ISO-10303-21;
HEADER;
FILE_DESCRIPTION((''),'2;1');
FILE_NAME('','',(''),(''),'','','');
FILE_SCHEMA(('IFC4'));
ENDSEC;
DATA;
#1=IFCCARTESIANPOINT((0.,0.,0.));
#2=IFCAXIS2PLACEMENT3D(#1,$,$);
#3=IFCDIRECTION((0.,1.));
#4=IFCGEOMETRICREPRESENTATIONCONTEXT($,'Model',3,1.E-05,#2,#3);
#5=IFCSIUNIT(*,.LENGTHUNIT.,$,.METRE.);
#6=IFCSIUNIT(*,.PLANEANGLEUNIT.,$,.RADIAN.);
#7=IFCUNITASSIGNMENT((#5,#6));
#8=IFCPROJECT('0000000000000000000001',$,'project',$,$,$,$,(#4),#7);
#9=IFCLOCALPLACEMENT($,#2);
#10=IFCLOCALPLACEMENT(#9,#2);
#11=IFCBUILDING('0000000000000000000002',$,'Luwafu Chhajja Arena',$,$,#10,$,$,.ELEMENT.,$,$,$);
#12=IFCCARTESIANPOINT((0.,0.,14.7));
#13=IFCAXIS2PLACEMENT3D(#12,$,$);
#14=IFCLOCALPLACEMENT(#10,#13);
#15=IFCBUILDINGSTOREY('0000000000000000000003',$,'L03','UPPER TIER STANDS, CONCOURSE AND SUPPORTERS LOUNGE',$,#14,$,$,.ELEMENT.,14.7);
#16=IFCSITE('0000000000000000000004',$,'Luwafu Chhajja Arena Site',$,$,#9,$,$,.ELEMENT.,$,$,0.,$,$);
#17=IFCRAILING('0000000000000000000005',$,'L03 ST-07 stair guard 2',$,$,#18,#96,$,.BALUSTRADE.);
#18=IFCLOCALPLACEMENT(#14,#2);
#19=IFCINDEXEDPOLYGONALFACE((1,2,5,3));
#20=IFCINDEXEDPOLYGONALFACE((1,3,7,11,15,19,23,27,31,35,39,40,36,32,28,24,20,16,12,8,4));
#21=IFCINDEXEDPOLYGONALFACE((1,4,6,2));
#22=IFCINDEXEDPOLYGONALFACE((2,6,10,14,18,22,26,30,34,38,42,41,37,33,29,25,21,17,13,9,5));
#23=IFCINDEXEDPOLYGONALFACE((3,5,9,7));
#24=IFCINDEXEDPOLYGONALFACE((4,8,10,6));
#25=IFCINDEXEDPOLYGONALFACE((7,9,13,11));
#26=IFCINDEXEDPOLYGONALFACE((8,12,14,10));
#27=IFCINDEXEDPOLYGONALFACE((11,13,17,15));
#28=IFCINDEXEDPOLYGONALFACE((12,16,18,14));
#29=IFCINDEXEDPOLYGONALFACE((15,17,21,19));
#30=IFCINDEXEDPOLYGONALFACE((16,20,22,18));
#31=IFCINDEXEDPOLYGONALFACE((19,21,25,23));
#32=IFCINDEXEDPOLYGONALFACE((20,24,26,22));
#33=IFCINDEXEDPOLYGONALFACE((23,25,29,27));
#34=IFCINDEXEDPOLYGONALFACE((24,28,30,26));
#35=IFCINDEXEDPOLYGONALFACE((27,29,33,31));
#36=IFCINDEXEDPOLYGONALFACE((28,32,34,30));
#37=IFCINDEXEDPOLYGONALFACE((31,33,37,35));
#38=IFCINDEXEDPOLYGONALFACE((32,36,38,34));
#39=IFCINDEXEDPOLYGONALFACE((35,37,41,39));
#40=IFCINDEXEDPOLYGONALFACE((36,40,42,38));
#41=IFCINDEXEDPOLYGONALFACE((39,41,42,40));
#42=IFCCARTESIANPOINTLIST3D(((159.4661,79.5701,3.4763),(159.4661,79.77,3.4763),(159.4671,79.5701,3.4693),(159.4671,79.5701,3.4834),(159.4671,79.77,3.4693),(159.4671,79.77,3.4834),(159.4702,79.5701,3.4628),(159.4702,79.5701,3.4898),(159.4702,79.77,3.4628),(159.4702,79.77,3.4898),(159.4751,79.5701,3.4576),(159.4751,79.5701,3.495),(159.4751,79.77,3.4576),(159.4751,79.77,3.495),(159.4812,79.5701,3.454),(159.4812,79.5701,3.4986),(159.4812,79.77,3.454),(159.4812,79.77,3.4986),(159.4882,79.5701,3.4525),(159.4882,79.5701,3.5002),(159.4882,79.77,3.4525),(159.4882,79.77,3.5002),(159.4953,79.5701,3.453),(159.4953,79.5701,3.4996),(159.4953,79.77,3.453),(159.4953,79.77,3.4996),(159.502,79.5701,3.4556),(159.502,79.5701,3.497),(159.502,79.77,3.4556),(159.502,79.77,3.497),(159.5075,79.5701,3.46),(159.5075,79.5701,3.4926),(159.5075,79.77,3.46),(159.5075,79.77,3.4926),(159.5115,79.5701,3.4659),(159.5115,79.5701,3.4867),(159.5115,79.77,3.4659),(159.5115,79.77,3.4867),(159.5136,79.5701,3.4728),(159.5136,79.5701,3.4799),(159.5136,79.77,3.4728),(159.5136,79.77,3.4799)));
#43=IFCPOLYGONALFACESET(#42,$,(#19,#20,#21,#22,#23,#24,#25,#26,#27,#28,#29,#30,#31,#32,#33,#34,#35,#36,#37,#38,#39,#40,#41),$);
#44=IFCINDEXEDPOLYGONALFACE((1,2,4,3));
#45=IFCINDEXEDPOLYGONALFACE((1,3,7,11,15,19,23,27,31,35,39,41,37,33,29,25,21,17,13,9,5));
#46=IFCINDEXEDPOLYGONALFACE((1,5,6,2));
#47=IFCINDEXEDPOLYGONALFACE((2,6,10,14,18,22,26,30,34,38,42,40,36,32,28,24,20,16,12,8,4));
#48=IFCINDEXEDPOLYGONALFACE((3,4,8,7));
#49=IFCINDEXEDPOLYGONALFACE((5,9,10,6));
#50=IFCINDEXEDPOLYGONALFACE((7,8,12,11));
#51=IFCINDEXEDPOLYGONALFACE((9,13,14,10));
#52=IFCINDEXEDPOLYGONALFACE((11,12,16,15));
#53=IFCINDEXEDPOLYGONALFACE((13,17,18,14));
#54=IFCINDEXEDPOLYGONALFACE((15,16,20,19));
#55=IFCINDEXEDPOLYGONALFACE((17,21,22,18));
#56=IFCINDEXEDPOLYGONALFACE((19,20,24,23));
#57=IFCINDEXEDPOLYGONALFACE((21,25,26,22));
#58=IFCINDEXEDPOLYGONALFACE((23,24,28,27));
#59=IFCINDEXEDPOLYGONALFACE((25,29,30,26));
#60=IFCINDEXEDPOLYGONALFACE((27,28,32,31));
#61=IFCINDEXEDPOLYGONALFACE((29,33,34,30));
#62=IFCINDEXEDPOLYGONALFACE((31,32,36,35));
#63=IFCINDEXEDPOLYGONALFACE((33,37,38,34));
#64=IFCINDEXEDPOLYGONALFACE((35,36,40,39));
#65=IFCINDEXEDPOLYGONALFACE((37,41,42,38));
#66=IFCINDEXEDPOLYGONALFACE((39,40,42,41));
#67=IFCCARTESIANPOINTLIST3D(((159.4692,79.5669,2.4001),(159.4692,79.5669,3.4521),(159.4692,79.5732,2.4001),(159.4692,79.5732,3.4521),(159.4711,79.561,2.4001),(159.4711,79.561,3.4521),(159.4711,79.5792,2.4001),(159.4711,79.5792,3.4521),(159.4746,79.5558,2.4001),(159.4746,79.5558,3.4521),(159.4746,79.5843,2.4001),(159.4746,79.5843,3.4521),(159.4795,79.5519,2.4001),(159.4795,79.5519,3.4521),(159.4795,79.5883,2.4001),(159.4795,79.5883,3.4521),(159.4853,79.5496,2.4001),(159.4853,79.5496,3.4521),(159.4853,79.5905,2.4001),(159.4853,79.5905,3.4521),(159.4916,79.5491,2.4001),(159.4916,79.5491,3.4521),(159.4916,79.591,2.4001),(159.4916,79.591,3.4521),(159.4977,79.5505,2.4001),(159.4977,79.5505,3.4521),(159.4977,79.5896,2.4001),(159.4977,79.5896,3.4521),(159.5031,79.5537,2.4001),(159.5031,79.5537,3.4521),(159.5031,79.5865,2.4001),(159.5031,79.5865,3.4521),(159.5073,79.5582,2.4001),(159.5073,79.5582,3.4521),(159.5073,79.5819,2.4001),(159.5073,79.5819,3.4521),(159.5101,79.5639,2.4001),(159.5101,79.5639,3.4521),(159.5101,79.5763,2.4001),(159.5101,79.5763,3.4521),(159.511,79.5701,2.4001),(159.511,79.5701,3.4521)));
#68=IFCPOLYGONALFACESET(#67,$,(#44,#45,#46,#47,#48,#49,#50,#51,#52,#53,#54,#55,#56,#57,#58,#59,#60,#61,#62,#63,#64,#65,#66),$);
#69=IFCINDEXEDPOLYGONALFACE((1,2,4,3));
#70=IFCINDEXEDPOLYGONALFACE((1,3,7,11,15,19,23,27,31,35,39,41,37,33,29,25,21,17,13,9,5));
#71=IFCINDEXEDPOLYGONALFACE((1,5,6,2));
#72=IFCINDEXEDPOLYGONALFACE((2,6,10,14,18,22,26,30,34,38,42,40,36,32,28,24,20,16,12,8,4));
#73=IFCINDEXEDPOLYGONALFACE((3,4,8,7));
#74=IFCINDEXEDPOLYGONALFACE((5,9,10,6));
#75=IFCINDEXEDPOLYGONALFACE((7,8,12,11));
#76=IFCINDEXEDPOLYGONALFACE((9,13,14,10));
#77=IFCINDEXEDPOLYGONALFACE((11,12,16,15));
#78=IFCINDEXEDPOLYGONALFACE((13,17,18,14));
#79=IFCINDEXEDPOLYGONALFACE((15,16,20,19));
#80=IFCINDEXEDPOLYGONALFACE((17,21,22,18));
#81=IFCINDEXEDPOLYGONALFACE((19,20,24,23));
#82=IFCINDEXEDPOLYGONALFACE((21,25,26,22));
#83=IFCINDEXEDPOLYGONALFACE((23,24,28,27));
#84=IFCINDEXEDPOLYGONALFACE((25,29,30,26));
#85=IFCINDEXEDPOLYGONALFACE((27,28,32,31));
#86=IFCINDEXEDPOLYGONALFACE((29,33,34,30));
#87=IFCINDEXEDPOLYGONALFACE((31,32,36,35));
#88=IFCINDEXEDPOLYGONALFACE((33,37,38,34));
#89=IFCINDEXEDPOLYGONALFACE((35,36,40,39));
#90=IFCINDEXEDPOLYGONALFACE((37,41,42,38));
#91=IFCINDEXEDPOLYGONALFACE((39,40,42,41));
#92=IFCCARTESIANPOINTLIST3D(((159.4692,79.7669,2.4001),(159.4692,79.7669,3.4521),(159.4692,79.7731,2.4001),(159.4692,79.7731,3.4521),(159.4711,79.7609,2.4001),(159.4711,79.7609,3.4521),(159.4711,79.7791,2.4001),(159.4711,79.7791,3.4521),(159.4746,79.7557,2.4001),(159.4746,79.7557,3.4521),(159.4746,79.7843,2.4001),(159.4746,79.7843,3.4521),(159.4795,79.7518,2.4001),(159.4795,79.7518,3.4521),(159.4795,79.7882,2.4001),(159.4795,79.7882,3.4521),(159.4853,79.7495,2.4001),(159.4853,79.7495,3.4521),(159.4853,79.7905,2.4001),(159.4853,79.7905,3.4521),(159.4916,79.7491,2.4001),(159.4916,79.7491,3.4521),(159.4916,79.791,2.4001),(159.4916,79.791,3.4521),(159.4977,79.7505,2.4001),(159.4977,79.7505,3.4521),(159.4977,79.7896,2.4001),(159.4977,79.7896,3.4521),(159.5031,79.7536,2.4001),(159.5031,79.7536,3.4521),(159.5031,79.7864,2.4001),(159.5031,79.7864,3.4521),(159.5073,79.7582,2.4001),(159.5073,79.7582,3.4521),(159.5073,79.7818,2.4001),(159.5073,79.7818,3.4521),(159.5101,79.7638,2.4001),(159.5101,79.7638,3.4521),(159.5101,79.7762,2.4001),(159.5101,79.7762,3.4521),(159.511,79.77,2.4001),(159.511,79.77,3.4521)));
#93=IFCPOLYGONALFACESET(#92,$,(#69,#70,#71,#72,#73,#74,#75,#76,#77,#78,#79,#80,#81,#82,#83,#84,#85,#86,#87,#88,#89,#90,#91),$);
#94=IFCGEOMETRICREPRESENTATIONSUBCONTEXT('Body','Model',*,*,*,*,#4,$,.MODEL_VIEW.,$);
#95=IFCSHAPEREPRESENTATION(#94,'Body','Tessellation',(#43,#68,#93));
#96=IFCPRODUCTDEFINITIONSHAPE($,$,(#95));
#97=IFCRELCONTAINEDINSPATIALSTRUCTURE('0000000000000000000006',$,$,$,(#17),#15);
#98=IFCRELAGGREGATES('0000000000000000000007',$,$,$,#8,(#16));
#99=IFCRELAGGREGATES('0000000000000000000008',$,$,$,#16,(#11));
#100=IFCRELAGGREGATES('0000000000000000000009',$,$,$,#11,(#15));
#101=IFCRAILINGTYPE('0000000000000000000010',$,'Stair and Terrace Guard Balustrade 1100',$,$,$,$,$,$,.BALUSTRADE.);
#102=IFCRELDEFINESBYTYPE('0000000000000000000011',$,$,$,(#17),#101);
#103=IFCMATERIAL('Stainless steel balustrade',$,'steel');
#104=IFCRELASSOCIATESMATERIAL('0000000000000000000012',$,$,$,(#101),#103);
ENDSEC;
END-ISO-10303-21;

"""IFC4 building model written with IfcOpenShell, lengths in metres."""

from ifc_helpers import new_model, si_unit, direction, frame, origin, origin_2d, place, context, subcontext, project, spatial, circle, extrude, material, type_object, element, save


model = new_model("IFC4")

# Units and contexts
model_context = context("Model", 3, precision=1e-05, world=origin(), true_north=direction((0.0, 1.0)))
body_context = subcontext(model_context, "Body", "Model", "MODEL_VIEW")
ifc_project = project(units=[si_unit("LENGTHUNIT", "METRE"), si_unit("PLANEANGLEUNIT", "RADIAN")], contexts=[model_context])

# Site, building, storey
site_placement = place(None, origin())
site = spatial("IfcSite", under=ifc_project, at=site_placement, Name="Luwafu Chhajja Arena Site", CompositionType="ELEMENT", RefElevation=0.0)
building_placement = place(site_placement, origin())
building = spatial("IfcBuilding", under=site, at=building_placement, Name="Luwafu Chhajja Arena", CompositionType="ELEMENT")
storey_placement = place(building_placement, frame((0.0, 0.0, 14.7)))
storey = spatial("IfcBuildingStorey", under=building, at=storey_placement, Name="L03", Description="UPPER TIER STANDS, CONCOURSE AND SUPPORTERS LOUNGE", CompositionType="ELEMENT", Elevation=14.7)

# Railing
ifc_material_1 = material(Name="Stainless steel balustrade", Category="steel")
railing_type_1 = type_object("IfcRailingType", Name="Stair and Terrace Guard Balustrade 1100", PredefinedType="BALUSTRADE", material=ifc_material_1)
railing_1_placement = place(storey_placement, frame((159.49, 79.5701, 2.4001)))
element("IfcRailing", 1, at=railing_1_placement, inside=storey, type_object=railing_type_1, Name="L03 ST-07 stair guard 2", PredefinedType="BALUSTRADE", context=body_context, shape_type="SweptSolid", body=[
    extrude(circle(Radius=0.0239, at=origin_2d()), frame((0.0, 0.0, 1.0762), z_axis=(0.0, 1.0, 0.0), x_axis=(-1.0, 0.0, 0.0)), (0.0, 0.0, 1.0), 0.2),
    extrude(circle(Radius=0.021, at=origin_2d()), origin(), (0.0, 0.0, 1.0), 1.052),
    extrude(circle(Radius=0.021, at=origin_2d()), frame((0.0, 0.2, 0.0)), (0.0, 0.0, 1.0), 1.052),
])

save(model, "model.ifc")
